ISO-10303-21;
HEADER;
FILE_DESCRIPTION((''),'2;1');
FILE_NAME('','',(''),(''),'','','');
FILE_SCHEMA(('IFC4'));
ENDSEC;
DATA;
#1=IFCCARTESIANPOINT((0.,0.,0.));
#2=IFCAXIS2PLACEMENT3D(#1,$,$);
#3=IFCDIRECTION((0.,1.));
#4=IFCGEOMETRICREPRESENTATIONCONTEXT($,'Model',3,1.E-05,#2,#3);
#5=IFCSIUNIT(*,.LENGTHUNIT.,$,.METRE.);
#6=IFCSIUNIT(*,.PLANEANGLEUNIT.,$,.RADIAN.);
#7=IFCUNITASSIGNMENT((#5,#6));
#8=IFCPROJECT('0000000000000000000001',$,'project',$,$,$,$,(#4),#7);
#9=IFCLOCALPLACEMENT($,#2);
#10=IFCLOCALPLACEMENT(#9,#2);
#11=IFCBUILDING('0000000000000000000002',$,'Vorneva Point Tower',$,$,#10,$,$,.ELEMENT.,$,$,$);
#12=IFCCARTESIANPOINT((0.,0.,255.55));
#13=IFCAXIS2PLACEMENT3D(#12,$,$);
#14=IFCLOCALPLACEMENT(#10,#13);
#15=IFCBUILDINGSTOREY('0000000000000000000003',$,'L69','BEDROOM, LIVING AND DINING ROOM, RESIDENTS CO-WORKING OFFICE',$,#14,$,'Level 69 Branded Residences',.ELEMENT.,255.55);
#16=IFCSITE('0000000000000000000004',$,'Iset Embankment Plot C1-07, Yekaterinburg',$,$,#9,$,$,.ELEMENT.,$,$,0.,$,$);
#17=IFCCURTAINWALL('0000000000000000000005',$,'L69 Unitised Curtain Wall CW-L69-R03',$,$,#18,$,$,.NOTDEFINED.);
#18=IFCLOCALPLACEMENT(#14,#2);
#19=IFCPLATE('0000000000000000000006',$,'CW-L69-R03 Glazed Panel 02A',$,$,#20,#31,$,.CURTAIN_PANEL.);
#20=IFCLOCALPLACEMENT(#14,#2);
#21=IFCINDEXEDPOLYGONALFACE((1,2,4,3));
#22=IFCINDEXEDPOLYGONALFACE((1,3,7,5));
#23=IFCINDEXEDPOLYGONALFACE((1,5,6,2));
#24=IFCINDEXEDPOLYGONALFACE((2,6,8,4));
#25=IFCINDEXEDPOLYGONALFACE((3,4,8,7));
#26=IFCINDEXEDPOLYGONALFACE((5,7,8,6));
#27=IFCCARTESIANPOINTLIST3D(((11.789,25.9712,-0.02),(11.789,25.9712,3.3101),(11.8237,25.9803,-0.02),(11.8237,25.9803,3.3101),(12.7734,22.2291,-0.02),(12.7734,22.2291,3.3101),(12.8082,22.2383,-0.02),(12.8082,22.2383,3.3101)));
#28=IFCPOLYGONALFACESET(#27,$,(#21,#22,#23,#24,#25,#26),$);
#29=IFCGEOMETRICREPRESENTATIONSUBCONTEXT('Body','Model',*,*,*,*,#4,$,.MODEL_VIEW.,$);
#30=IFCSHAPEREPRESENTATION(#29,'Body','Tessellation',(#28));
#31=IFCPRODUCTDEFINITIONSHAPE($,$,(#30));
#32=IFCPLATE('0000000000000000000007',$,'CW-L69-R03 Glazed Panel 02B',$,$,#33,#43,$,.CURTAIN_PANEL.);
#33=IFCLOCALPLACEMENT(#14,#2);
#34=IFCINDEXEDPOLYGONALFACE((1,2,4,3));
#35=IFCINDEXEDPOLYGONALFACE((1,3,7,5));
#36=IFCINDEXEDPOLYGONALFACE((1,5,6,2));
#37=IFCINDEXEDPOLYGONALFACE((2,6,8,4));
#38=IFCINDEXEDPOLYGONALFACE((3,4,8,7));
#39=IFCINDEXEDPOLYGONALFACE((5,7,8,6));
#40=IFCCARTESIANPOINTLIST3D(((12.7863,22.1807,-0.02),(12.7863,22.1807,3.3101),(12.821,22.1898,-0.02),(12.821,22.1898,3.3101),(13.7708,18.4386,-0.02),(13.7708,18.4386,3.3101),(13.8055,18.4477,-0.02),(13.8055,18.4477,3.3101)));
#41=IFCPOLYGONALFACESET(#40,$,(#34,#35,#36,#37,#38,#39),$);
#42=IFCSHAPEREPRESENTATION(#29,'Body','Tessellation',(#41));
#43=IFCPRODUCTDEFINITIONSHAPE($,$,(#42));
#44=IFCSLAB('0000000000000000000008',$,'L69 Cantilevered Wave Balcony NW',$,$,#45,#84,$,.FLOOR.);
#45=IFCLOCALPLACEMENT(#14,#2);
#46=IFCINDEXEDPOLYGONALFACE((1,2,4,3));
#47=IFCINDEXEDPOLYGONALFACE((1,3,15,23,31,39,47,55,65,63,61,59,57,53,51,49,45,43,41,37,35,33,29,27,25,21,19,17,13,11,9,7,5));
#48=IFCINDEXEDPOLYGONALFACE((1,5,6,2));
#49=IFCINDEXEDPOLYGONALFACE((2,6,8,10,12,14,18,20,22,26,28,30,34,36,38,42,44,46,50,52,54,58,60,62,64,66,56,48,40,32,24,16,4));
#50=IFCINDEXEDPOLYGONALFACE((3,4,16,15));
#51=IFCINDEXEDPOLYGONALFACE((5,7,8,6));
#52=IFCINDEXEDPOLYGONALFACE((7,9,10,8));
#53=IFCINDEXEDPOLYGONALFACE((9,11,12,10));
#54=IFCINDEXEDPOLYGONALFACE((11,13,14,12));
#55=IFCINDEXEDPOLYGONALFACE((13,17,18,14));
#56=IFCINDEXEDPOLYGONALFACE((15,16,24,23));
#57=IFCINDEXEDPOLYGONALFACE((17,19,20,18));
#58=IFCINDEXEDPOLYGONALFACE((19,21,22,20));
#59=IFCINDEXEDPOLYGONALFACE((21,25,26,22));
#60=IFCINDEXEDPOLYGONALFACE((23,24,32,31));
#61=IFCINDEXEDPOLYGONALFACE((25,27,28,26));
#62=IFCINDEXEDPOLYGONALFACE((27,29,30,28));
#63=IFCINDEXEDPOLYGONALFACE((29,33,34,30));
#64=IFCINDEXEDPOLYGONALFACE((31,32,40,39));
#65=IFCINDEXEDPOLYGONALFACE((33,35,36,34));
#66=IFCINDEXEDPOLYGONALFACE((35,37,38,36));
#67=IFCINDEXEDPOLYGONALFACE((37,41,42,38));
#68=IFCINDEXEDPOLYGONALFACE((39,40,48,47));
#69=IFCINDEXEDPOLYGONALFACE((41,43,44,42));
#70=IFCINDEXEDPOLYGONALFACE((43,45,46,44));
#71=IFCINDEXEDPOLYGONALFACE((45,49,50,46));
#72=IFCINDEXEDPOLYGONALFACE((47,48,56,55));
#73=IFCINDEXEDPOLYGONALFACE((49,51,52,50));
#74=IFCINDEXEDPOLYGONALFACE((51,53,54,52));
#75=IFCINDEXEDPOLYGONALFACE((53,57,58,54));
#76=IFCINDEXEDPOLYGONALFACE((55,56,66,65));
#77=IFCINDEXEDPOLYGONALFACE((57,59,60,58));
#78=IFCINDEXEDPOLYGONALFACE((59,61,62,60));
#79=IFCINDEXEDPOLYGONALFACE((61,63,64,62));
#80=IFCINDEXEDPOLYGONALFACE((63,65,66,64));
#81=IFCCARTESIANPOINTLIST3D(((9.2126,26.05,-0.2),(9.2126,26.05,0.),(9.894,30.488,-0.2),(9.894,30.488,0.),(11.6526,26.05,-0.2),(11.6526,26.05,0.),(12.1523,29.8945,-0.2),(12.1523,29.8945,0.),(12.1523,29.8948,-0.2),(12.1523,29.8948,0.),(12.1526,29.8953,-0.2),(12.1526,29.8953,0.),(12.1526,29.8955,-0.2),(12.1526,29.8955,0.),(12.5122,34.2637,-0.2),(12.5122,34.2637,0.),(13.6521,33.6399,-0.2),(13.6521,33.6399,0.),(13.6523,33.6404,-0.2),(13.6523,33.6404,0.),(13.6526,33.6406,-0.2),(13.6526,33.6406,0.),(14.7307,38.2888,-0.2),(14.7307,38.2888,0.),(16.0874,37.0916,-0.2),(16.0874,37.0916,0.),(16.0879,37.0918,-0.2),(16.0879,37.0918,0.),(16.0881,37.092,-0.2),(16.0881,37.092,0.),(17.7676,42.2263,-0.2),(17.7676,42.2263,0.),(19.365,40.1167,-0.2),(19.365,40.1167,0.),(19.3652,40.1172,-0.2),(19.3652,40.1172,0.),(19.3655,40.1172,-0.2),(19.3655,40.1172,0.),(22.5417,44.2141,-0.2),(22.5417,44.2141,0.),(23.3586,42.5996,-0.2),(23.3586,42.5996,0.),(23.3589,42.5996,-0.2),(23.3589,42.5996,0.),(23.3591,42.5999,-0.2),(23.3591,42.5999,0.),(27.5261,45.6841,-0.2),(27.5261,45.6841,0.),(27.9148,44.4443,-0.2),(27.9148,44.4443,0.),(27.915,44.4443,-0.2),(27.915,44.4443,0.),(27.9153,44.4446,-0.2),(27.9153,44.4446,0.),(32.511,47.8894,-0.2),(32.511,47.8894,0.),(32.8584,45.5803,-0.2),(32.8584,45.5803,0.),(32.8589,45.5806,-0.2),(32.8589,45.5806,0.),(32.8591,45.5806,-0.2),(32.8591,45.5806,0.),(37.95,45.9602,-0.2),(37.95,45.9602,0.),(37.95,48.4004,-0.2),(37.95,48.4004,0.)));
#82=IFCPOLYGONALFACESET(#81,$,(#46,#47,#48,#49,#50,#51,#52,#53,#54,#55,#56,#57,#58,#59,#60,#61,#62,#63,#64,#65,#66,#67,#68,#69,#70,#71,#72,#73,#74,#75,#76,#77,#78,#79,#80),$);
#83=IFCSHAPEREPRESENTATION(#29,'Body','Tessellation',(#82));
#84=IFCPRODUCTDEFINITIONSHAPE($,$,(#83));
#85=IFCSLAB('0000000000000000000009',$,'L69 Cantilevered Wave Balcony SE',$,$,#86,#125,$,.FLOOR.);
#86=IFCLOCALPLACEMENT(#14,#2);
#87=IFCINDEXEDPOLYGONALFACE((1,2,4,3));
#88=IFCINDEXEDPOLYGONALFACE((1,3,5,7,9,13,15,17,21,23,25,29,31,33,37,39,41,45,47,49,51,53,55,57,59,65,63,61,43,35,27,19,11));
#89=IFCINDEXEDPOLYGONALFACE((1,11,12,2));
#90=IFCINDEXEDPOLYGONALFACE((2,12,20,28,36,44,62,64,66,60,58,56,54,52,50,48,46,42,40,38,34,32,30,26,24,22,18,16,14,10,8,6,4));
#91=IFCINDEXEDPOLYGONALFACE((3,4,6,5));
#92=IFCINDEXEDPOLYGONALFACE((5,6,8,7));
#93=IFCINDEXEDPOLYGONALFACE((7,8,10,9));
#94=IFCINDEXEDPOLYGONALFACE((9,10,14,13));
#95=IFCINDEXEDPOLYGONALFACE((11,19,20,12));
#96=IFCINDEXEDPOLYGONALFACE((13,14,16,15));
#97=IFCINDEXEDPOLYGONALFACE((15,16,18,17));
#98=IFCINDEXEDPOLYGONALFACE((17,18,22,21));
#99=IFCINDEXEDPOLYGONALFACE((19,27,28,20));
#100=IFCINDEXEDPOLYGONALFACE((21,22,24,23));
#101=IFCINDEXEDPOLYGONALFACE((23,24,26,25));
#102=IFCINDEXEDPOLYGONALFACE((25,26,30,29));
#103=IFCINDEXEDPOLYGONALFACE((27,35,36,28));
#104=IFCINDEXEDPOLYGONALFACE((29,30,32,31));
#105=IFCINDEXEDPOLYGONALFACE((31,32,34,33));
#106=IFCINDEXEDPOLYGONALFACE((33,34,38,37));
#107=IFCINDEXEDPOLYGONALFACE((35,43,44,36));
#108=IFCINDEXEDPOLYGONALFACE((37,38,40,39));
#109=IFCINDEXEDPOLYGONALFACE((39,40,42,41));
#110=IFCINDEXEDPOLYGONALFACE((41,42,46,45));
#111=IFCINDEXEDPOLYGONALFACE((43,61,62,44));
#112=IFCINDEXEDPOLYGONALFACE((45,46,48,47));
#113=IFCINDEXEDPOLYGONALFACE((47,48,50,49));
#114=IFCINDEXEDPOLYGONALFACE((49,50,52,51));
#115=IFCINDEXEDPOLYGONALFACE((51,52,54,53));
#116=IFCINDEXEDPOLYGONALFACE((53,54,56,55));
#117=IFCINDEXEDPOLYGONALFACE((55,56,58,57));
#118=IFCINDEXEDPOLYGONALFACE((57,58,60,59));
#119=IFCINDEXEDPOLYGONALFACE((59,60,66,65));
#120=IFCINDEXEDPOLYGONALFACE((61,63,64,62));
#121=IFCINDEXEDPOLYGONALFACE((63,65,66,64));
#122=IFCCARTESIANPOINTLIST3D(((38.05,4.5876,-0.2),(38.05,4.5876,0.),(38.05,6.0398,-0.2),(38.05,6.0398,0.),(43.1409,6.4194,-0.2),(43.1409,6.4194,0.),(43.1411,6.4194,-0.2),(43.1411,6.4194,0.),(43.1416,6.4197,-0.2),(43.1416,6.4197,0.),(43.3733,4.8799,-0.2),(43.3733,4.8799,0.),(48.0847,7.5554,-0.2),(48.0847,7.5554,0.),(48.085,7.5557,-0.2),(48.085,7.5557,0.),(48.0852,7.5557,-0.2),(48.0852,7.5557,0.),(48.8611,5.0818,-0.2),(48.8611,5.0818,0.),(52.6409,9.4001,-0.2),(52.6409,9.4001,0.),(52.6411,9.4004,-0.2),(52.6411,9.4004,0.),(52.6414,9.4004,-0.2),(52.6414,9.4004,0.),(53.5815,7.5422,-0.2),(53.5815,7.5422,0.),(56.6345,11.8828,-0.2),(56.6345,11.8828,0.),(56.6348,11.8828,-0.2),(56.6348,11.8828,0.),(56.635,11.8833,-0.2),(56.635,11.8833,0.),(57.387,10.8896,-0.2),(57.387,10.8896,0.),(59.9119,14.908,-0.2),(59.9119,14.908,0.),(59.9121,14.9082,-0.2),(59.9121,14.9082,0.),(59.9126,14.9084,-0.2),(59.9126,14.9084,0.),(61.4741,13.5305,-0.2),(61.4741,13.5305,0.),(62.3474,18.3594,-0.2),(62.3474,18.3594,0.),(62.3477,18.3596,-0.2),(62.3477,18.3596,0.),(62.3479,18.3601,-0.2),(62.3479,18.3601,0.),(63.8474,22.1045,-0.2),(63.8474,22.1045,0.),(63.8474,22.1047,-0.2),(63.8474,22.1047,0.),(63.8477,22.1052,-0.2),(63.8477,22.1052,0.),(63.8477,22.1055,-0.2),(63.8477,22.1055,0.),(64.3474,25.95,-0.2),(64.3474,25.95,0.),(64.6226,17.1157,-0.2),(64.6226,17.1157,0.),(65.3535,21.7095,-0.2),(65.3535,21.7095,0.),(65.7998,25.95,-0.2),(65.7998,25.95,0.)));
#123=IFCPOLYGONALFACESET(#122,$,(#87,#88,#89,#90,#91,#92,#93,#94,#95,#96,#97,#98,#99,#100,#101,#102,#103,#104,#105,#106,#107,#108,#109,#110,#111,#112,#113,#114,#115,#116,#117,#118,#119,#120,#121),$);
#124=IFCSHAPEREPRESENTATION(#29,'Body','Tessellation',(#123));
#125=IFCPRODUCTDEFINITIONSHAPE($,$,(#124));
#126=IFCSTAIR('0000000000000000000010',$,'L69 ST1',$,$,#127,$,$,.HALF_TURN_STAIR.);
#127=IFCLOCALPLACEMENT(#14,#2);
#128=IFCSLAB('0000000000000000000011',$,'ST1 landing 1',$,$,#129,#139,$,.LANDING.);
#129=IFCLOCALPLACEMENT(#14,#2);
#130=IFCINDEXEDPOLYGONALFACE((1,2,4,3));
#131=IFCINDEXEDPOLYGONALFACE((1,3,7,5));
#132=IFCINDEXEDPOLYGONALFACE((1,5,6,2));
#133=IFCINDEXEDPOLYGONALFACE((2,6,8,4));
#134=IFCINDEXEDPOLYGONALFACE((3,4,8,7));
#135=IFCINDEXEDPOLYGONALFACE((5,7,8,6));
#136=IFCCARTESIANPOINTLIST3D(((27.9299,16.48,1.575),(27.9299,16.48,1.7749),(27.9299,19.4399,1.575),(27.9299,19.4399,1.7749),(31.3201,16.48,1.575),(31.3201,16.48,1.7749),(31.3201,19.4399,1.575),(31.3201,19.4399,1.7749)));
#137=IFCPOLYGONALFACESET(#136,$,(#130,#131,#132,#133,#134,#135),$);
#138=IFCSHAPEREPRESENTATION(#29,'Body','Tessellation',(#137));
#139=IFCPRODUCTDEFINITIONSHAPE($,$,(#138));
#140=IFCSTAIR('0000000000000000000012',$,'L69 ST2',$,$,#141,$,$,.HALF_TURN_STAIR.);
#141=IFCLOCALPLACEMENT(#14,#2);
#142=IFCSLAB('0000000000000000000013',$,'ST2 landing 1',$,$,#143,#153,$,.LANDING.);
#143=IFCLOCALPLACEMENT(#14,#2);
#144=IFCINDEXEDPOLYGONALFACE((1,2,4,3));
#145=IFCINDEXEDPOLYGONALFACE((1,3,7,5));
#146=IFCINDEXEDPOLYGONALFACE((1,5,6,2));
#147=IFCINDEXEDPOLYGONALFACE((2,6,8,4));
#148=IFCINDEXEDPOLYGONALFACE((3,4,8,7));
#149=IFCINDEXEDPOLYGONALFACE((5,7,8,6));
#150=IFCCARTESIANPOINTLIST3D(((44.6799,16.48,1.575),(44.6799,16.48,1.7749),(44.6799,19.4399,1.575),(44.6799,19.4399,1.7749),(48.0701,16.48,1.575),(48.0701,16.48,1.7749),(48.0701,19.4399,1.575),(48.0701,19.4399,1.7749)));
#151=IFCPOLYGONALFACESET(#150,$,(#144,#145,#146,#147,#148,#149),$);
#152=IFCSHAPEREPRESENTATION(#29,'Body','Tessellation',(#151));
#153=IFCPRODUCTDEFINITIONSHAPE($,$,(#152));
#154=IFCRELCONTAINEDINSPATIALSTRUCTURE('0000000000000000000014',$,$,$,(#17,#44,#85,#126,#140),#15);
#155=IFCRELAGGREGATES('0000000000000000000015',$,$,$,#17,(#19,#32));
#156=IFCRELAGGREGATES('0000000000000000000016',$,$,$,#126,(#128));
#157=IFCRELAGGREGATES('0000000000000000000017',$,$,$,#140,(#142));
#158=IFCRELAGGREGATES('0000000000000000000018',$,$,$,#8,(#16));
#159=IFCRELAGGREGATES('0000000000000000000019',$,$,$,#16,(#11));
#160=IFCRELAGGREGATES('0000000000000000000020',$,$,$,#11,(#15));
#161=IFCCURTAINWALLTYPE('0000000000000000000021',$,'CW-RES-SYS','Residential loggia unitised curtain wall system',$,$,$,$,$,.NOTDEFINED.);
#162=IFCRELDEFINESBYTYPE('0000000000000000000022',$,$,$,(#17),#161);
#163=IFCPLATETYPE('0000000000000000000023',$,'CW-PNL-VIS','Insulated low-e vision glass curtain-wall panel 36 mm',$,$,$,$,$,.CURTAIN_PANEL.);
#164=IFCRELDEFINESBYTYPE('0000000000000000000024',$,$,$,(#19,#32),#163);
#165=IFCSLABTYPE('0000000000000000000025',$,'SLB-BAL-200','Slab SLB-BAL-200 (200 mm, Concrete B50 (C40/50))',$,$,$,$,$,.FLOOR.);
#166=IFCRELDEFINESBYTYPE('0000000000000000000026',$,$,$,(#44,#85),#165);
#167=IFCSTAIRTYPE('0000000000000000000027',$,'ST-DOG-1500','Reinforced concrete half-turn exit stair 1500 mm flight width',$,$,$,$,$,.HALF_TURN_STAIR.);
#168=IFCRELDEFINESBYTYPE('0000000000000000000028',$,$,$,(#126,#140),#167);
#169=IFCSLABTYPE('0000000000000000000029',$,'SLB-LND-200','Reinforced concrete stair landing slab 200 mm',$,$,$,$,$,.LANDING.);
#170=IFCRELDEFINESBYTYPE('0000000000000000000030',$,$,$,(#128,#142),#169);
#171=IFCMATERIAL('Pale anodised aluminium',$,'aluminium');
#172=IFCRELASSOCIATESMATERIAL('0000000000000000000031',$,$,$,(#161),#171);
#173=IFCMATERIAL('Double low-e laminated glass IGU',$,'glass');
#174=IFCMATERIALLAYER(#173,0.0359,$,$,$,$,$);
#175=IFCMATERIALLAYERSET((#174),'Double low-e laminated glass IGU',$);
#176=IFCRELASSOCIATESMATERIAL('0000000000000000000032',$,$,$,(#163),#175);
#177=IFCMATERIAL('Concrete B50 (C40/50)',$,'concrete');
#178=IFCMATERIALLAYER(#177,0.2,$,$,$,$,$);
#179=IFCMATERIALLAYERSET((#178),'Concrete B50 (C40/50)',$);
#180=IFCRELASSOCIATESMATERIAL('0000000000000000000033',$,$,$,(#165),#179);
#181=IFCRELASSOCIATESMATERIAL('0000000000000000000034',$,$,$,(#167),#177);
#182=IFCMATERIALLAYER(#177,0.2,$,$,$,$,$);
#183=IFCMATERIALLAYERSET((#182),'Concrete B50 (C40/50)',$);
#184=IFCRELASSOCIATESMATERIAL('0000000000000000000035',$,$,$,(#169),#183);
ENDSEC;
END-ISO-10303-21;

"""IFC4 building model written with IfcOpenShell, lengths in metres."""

from ifc_helpers import new_model, si_unit, direction, frame, origin, origin_2d, place, context, subcontext, project, spatial, polyline, rectangle, outline, extrude, material, layer, layer_set, type_object, element, aggregate, save


model = new_model("IFC4")

# Units and contexts
model_context = context("Model", 3, precision=1e-05, world=origin(), true_north=direction((0.0, 1.0)))
body_context = subcontext(model_context, "Body", "Model", "MODEL_VIEW")
ifc_project = project(units=[si_unit("LENGTHUNIT", "METRE"), si_unit("PLANEANGLEUNIT", "RADIAN")], contexts=[model_context])

# Site, building, storey
site_placement = place(None, origin())
site = spatial("IfcSite", under=ifc_project, at=site_placement, Name="Iset Embankment Plot C1-07, Yekaterinburg", CompositionType="ELEMENT", RefElevation=0.0)
building_placement = place(site_placement, origin())
building = spatial("IfcBuilding", under=site, at=building_placement, Name="Vorneva Point Tower", CompositionType="ELEMENT")
storey_placement = place(building_placement, frame((0.0, 0.0, 255.55)))
storey = spatial("IfcBuildingStorey", under=building, at=storey_placement, Name="L69", Description="BEDROOM, LIVING AND DINING ROOM, RESIDENTS CO-WORKING OFFICE", LongName="Level 69 Branded Residences", CompositionType="ELEMENT", Elevation=255.55)

# Shared definitions
ifc_material_1 = material(Name="Concrete B50 (C40/50)", Category="concrete")

# Curtain wall
ifc_material_2 = material(Name="Pale anodised aluminium", Category="aluminium")
curtain_wall_type = type_object("IfcCurtainWallType", Name="CW-RES-SYS", Description="Residential loggia unitised curtain wall system", PredefinedType="NOTDEFINED", material=ifc_material_2)
curtain_wall_1_placement = place(storey_placement, origin())
curtain_wall_1 = element("IfcCurtainWall", 1, at=curtain_wall_1_placement, inside=storey, type_object=curtain_wall_type, Name="L69 Unitised Curtain Wall CW-L69-R03", PredefinedType="NOTDEFINED")

# Plates
ifc_material_3 = material(Name="Double low-e laminated glass IGU", Category="glass")
ifc_layer_1 = layer(ifc_material_3, 0.0359)
ifc_layer_set_1 = layer_set([ifc_layer_1], Name="Double low-e laminated glass IGU")
plate_type = type_object("IfcPlateType", Name="CW-PNL-VIS", Description="Insulated low-e vision glass curtain-wall panel 36 mm", PredefinedType="CURTAIN_PANEL", material=ifc_layer_set_1)
plate_1_placement = place(storey_placement, frame((12.2986, 24.1047, -0.02), z_axis=(0.0, 0.0, 1.0), x_axis=(0.254416, -0.967095, 0.0)))
plate_1 = element("IfcPlate", 2, at=plate_1_placement, type_object=plate_type, Name="CW-L69-R03 Glazed Panel 02A", PredefinedType="CURTAIN_PANEL", context=body_context, shape_type="SweptSolid", body=[
    extrude(rectangle(XDim=3.8694, YDim=0.0359, at=origin_2d()), origin(), (0.0, 0.0, 1.0), 3.3301),
])
plate_2_placement = place(storey_placement, frame((13.2959, 20.3142, -0.02), z_axis=(0.0, 0.0, 1.0), x_axis=(0.254416, -0.967095, 0.0)))
plate_2 = element("IfcPlate", 3, at=plate_2_placement, type_object=plate_type, Name="CW-L69-R03 Glazed Panel 02B", PredefinedType="CURTAIN_PANEL", context=body_context, shape_type="SweptSolid", body=[
    extrude(rectangle(XDim=3.8694, YDim=0.0359, at=origin_2d()), origin(), (0.0, 0.0, 1.0), 3.3301),
])
aggregate(curtain_wall_1, [plate_1, plate_2])

# Slabs
ifc_layer_2 = layer(ifc_material_1, 0.2)
ifc_layer_set_2 = layer_set([ifc_layer_2], Name="Concrete B50 (C40/50)")
slab_type_1 = type_object("IfcSlabType", Name="SLB-BAL-200", Description="Slab SLB-BAL-200 (200 mm, Concrete B50 (C40/50))", PredefinedType="FLOOR", material=ifc_layer_set_2)
slab_1_placement = place(storey_placement, frame((0.0, 0.0, -0.2)))
element("IfcSlab", 4, at=slab_1_placement, inside=storey, type_object=slab_type_1, Name="L69 Cantilevered Wave Balcony NW", PredefinedType="FLOOR", context=body_context, shape_type="SweptSolid", body=[
    extrude(outline(polyline([(9.2126, 26.05), (11.6526, 26.05), (12.1523, 29.8945), (12.1523, 29.8948), (12.1526, 29.8953), (12.1526, 29.8955), (13.6521, 33.6399), (13.6523, 33.6404), (13.6526, 33.6406), (16.0874, 37.0916), (16.0879, 37.0918), (16.0881, 37.092), (19.365, 40.1167), (19.3652, 40.1172), (19.3655, 40.1172), (23.3586, 42.5996), (23.3589, 42.5996), (23.3591, 42.5999), (27.9148, 44.4443), (27.915, 44.4443), (27.9153, 44.4446), (32.8584, 45.5803), (32.8589, 45.5806), (32.8591, 45.5806), (37.95, 45.9602), (37.95, 48.4004), (32.511, 47.8894), (27.5261, 45.6841), (22.5417, 44.2141), (17.7676, 42.2263), (14.7307, 38.2888), (12.5122, 34.2637), (9.894, 30.488), (9.2126, 26.05)])), origin(), (0.0, 0.0, 1.0), 0.2),
])
slab_2_placement = place(storey_placement, frame((0.0, 0.0, -0.2)))
element("IfcSlab", 5, at=slab_2_placement, inside=storey, type_object=slab_type_1, Name="L69 Cantilevered Wave Balcony SE", PredefinedType="FLOOR", context=body_context, shape_type="SweptSolid", body=[
    extrude(outline(polyline([(65.3535, 21.7095), (65.7998, 25.95), (64.3474, 25.95), (63.8477, 22.1055), (63.8477, 22.1052), (63.8474, 22.1047), (63.8474, 22.1045), (62.3479, 18.3601), (62.3477, 18.3596), (62.3474, 18.3594), (59.9126, 14.9084), (59.9121, 14.9082), (59.9119, 14.908), (56.635, 11.8833), (56.6348, 11.8828), (56.6345, 11.8828), (52.6414, 9.4004), (52.6411, 9.4004), (52.6409, 9.4001), (48.0852, 7.5557), (48.085, 7.5557), (48.0847, 7.5554), (43.1416, 6.4197), (43.1411, 6.4194), (43.1409, 6.4194), (38.05, 6.0398), (38.05, 4.5876), (43.3733, 4.8799), (48.8611, 5.0818), (53.5815, 7.5422), (57.387, 10.8896), (61.4741, 13.5305), (64.6226, 17.1157), (65.3535, 21.7095)])), origin(), (0.0, 0.0, 1.0), 0.2),
])

# Stairs, slabs
stair_type = type_object("IfcStairType", Name="ST-DOG-1500", Description="Reinforced concrete half-turn exit stair 1500 mm flight width", PredefinedType="HALF_TURN_STAIR", material=ifc_material_1)
stair_1_placement = place(storey_placement, origin())
stair_1 = element("IfcStair", 6, at=stair_1_placement, inside=storey, type_object=stair_type, Name="L69 ST1", PredefinedType="HALF_TURN_STAIR")
ifc_layer_3 = layer(ifc_material_1, 0.2)
ifc_layer_set_3 = layer_set([ifc_layer_3], Name="Concrete B50 (C40/50)")
slab_type_2 = type_object("IfcSlabType", Name="SLB-LND-200", Description="Reinforced concrete stair landing slab 200 mm", PredefinedType="LANDING", material=ifc_layer_set_3)
slab_3_placement = place(storey_placement, frame((0.0, 0.0, 1.575)))
slab_3 = element("IfcSlab", 7, at=slab_3_placement, type_object=slab_type_2, Name="ST1 landing 1", PredefinedType="LANDING", context=body_context, shape_type="SweptSolid", body=[
    extrude(outline(polyline([(27.9299, 16.48), (31.3201, 16.48), (31.3201, 19.4399), (27.9299, 19.4399), (27.9299, 16.48)])), origin(), (0.0, 0.0, 1.0), 0.2),
])
aggregate(stair_1, [slab_3])
stair_2_placement = place(storey_placement, origin())
stair_2 = element("IfcStair", 8, at=stair_2_placement, inside=storey, type_object=stair_type, Name="L69 ST2", PredefinedType="HALF_TURN_STAIR")
slab_4_placement = place(storey_placement, frame((0.0, 0.0, 1.575)))
slab_4 = element("IfcSlab", 9, at=slab_4_placement, type_object=slab_type_2, Name="ST2 landing 1", PredefinedType="LANDING", context=body_context, shape_type="SweptSolid", body=[
    extrude(outline(polyline([(44.6799, 16.48), (48.0701, 16.48), (48.0701, 19.4399), (44.6799, 19.4399), (44.6799, 16.48)])), origin(), (0.0, 0.0, 1.0), 0.2),
])
aggregate(stair_2, [slab_4])

save(model, "model.ifc")
